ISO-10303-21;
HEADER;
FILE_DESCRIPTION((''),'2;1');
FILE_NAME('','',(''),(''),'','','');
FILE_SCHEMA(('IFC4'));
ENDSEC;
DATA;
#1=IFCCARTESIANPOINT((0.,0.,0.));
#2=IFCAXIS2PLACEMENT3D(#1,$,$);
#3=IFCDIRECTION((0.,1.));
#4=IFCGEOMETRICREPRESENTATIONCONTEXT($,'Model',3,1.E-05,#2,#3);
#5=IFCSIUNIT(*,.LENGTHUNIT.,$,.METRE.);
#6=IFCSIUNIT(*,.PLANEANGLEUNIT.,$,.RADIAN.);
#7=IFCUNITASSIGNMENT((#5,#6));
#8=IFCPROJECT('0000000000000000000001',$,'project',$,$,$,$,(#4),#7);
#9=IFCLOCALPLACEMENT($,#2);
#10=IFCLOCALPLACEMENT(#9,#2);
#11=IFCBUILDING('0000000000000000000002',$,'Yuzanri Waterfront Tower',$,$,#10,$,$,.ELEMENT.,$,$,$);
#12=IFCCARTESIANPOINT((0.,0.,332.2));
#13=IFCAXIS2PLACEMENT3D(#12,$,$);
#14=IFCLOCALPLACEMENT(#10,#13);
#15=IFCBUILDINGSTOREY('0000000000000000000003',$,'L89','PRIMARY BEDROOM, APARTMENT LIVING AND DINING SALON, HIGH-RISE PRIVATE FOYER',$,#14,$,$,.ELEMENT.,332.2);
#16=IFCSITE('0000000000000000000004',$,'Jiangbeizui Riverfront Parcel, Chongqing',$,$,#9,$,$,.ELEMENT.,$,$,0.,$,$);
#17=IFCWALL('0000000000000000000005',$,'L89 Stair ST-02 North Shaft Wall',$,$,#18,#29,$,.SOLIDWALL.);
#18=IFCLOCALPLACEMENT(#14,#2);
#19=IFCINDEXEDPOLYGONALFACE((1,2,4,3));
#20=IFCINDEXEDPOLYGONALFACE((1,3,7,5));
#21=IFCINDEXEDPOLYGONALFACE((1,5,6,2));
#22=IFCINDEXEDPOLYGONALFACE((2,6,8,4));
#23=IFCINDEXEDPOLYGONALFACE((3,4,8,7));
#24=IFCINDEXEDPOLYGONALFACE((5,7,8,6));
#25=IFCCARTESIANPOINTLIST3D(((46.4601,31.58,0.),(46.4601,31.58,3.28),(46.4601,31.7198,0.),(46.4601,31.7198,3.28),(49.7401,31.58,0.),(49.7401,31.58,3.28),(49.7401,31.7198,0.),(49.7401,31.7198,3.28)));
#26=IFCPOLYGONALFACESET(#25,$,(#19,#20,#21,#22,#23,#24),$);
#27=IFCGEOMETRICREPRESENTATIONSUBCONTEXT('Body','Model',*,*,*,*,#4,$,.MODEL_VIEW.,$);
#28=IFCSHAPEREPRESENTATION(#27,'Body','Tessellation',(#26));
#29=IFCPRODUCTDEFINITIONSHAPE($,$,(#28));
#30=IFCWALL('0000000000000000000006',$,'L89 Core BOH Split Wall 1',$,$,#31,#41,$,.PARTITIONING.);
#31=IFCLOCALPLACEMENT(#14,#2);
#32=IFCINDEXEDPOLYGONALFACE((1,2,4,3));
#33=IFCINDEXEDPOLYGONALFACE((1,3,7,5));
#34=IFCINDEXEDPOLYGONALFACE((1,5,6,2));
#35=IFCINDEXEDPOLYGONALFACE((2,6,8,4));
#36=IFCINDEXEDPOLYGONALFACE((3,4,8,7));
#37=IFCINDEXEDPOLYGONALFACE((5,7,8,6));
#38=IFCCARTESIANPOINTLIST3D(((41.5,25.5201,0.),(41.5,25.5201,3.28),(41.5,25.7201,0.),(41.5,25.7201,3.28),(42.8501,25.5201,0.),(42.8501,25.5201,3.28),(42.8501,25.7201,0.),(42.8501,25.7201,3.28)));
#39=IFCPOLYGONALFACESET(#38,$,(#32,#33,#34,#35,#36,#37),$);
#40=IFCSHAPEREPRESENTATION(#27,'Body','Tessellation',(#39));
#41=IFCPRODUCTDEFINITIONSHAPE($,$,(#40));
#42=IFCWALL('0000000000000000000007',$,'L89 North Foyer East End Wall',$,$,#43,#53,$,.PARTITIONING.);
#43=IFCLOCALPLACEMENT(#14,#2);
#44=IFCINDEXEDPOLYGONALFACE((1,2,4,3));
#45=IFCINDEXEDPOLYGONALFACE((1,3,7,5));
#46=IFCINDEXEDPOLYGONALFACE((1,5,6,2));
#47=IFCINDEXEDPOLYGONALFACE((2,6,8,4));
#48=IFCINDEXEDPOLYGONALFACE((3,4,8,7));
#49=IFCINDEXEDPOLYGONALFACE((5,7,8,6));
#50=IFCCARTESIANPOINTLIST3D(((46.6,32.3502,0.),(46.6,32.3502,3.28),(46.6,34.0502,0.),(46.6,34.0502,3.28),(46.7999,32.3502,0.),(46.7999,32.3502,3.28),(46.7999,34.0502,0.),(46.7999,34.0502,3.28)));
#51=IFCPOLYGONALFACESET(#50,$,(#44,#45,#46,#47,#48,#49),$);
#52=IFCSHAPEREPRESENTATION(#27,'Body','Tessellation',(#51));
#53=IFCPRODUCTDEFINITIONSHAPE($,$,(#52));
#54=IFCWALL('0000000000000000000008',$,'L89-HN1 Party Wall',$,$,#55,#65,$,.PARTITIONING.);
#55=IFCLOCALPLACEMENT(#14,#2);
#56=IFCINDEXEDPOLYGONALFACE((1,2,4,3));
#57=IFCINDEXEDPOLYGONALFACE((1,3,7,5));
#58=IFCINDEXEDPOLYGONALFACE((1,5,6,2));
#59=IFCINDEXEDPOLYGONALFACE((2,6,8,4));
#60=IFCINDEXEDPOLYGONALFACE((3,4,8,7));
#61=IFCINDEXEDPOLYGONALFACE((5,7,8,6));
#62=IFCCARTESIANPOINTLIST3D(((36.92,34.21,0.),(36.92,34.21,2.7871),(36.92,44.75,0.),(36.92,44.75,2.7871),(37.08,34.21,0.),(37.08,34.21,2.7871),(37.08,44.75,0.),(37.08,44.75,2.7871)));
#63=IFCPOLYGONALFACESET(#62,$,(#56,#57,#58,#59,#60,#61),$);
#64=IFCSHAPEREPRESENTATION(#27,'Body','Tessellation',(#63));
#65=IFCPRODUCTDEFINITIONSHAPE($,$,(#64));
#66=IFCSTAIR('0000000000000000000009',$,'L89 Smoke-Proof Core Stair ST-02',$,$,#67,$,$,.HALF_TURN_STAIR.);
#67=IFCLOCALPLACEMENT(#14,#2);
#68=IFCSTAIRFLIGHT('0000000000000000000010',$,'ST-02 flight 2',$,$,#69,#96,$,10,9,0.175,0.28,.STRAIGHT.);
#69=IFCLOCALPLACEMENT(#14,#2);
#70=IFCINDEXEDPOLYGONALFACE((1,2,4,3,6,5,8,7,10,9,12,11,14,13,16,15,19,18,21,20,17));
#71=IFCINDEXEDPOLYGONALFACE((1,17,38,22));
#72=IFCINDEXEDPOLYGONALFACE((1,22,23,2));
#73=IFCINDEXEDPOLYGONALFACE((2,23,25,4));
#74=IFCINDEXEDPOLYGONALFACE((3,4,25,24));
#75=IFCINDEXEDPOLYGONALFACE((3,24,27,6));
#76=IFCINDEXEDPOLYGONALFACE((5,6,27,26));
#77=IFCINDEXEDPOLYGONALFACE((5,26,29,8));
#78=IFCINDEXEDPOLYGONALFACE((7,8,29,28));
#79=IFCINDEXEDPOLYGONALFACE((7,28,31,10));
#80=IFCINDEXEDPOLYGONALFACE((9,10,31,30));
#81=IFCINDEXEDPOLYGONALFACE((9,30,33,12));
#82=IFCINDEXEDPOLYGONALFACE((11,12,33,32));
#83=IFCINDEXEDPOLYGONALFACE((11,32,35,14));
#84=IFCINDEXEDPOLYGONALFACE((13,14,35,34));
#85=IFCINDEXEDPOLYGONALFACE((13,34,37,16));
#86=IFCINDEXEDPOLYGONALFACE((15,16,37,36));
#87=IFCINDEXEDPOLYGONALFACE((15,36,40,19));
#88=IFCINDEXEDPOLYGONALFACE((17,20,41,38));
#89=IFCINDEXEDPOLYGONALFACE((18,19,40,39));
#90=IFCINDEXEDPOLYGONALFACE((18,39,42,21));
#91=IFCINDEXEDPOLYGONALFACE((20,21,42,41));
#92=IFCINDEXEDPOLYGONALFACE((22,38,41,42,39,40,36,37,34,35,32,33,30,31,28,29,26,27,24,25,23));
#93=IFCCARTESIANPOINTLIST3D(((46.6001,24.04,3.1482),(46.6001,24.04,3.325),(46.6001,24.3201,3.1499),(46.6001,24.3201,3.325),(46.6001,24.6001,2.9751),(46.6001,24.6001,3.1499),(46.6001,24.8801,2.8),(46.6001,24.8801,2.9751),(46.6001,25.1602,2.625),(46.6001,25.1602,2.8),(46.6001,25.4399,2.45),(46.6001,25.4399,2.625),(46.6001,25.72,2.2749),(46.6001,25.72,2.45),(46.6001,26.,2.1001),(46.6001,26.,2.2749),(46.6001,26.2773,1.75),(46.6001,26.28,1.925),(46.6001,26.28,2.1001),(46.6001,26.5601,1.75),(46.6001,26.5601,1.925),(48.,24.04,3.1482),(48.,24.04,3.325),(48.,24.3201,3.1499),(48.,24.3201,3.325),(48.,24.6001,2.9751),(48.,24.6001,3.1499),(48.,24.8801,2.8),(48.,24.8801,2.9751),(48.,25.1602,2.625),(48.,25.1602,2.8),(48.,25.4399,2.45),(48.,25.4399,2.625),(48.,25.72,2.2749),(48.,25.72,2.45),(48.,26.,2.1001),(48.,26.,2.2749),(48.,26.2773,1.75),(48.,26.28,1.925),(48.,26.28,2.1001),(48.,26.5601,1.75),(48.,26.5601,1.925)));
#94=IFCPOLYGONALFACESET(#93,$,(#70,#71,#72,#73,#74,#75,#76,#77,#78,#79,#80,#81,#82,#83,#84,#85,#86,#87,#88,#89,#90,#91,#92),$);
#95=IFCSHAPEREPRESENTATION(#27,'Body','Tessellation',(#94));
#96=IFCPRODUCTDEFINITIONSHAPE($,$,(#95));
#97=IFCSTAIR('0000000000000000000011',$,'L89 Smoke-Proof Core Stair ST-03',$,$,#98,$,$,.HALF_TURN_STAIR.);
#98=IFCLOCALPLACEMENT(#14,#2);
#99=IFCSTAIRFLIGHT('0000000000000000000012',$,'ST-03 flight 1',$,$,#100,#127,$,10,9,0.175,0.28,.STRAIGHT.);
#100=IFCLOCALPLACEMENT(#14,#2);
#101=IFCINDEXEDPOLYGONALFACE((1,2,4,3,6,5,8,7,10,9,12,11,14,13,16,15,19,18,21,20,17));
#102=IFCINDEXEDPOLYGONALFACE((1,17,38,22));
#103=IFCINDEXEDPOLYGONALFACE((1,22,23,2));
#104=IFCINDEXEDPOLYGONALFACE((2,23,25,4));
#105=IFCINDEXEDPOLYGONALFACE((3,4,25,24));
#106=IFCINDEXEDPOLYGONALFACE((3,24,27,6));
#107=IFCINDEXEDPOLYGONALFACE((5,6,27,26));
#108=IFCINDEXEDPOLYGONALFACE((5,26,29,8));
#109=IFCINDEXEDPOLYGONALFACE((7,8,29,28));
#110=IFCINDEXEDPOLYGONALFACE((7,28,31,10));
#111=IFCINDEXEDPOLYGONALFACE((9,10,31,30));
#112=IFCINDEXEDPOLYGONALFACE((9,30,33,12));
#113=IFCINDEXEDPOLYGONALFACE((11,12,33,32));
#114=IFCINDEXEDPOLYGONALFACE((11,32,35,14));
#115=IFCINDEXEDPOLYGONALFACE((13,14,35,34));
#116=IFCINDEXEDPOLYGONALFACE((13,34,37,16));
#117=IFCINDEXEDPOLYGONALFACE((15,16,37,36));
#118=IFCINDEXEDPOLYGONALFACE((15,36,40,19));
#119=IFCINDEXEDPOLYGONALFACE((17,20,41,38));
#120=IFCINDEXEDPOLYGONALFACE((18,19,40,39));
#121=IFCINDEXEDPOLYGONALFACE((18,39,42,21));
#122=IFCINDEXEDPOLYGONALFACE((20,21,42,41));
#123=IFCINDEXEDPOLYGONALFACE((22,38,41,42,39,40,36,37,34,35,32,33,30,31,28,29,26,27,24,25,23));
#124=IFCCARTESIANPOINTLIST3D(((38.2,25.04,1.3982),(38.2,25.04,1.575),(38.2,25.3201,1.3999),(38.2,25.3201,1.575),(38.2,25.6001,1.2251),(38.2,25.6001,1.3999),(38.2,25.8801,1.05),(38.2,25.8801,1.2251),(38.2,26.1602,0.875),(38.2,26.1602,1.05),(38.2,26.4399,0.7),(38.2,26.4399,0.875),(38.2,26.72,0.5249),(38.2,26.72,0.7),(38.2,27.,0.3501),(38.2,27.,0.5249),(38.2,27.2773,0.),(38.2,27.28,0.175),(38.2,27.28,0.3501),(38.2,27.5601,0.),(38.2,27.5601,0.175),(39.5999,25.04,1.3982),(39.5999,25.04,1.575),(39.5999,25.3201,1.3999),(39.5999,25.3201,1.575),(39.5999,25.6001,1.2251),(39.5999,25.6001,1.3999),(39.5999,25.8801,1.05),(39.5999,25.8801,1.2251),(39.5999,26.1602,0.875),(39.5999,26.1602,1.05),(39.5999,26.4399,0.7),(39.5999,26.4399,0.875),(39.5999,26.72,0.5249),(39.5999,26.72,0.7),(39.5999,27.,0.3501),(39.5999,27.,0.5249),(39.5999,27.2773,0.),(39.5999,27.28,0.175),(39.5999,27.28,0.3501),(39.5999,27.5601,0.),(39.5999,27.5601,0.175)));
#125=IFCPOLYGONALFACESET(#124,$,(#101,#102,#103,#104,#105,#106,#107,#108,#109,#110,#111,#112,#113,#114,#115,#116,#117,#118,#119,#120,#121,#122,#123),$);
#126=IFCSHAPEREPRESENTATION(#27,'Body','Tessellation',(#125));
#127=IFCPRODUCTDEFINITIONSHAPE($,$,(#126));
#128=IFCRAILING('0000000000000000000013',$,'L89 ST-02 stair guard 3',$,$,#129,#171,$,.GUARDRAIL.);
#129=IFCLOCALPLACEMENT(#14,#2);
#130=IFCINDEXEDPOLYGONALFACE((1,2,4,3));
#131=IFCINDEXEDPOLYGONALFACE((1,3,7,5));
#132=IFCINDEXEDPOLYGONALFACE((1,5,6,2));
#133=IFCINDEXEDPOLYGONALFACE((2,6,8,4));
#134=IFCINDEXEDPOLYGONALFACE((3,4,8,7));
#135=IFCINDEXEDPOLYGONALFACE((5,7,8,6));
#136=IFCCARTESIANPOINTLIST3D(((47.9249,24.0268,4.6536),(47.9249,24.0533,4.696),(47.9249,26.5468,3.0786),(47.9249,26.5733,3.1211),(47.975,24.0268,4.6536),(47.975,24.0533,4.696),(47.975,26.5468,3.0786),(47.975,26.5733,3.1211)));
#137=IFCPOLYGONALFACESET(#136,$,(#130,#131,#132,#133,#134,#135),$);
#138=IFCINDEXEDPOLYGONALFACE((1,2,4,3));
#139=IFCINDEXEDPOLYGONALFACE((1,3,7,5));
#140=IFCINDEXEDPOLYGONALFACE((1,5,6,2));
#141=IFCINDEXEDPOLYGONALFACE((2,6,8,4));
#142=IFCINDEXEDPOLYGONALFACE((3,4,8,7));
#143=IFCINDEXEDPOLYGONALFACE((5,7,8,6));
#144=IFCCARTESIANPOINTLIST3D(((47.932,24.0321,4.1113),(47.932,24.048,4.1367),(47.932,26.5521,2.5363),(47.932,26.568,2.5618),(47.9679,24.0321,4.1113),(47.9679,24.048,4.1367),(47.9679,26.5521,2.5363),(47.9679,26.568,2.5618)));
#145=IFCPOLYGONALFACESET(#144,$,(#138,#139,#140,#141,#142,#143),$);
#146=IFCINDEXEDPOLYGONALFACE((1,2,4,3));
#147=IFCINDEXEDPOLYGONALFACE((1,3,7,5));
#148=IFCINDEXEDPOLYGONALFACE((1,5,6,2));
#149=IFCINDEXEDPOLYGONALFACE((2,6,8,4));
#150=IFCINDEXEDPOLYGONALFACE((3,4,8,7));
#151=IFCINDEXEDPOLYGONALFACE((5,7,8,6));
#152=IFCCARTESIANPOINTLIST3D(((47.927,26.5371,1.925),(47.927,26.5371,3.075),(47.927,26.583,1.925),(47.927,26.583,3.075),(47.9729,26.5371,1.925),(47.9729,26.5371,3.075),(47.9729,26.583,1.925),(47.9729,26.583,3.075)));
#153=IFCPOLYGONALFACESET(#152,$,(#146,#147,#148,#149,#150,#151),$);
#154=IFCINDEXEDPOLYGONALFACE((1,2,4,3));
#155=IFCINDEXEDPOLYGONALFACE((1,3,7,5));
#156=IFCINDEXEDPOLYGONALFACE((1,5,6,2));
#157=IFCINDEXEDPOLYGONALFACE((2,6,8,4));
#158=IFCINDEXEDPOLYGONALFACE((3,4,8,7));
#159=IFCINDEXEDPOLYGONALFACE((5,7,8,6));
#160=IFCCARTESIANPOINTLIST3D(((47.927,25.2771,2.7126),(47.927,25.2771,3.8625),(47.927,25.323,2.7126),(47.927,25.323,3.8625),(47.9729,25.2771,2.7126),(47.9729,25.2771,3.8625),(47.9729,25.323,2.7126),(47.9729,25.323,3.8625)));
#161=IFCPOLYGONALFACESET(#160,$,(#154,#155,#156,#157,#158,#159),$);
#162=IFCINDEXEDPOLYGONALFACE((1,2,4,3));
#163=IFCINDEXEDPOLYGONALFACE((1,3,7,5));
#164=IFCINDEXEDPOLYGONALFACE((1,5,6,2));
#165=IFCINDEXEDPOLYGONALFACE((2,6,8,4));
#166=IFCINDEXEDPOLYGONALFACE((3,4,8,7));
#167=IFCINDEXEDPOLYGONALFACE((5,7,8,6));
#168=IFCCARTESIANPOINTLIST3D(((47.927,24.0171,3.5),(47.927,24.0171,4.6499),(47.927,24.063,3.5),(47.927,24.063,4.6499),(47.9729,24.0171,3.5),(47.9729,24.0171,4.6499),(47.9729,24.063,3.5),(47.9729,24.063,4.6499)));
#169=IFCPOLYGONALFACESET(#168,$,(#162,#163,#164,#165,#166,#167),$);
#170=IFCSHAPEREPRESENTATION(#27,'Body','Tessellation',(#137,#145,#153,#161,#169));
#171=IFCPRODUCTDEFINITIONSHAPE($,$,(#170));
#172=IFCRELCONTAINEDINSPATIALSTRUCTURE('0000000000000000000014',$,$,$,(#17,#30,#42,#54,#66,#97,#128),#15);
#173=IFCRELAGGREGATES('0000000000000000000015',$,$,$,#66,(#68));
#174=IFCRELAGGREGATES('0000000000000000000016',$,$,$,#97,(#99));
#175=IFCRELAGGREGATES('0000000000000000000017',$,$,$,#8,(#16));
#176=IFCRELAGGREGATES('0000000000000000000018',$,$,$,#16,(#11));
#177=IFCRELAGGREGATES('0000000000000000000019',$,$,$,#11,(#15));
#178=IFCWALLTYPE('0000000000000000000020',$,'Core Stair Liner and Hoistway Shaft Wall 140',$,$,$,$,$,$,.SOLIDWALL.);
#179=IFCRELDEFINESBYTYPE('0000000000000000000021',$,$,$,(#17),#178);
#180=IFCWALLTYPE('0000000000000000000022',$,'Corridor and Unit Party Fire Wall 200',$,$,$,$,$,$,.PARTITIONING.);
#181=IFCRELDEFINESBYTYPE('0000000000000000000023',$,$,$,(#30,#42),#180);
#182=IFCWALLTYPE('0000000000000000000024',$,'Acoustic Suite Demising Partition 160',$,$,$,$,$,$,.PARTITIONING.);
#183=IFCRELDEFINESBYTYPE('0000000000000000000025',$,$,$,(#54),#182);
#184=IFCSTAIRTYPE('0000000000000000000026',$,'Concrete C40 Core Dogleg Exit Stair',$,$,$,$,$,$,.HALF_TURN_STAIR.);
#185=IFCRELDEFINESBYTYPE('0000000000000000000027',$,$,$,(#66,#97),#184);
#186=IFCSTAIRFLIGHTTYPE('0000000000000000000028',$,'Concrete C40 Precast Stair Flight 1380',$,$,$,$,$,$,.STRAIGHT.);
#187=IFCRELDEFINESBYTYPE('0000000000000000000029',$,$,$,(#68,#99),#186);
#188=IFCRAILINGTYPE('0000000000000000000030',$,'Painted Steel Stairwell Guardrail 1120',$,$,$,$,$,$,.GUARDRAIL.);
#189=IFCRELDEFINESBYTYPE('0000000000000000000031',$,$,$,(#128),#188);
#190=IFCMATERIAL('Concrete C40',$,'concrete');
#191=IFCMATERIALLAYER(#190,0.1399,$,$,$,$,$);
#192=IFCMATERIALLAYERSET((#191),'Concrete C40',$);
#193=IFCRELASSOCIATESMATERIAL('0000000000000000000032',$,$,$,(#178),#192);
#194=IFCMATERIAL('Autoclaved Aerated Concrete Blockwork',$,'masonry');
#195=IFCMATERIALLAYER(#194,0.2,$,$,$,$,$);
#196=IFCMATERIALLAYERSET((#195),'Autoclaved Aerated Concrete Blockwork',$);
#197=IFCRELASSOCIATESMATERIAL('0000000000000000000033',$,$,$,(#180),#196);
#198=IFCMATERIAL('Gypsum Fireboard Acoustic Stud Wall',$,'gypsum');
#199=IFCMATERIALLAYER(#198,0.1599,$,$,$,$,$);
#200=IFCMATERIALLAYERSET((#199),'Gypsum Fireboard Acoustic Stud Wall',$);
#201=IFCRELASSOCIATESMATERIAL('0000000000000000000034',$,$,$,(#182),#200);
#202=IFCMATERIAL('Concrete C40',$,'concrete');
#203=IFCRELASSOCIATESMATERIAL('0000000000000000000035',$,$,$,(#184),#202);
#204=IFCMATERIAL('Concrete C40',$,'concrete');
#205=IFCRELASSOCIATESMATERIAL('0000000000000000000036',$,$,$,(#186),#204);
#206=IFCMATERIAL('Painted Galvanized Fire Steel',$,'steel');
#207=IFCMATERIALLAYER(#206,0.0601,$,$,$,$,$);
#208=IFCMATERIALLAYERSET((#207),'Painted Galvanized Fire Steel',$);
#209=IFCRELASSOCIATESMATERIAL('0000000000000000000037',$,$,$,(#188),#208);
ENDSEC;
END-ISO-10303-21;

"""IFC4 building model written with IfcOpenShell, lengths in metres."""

from ifc_helpers import new_model, si_unit, direction, frame, frame_2d, origin, origin_2d, place, context, subcontext, project, spatial, polyline, rectangle, outline, extrude, source, transform, mapped, material, layer, layer_set, type_object, element, aggregate, save


model = new_model("IFC4")

# Units and contexts
model_context = context("Model", 3, precision=1e-05, world=origin(), true_north=direction((0.0, 1.0)))
body_context = subcontext(model_context, "Body", "Model", "MODEL_VIEW")
ifc_project = project(units=[si_unit("LENGTHUNIT", "METRE"), si_unit("PLANEANGLEUNIT", "RADIAN")], contexts=[model_context])

# Site, building, storey
site_placement = place(None, origin())
site = spatial("IfcSite", under=ifc_project, at=site_placement, Name="Jiangbeizui Riverfront Parcel, Chongqing", CompositionType="ELEMENT", RefElevation=0.0)
building_placement = place(site_placement, origin())
building = spatial("IfcBuilding", under=site, at=building_placement, Name="Yuzanri Waterfront Tower", CompositionType="ELEMENT")
storey_placement = place(building_placement, frame((0.0, 0.0, 332.2)))
storey = spatial("IfcBuildingStorey", under=building, at=storey_placement, Name="L89", Description="PRIMARY BEDROOM, APARTMENT LIVING AND DINING SALON, HIGH-RISE PRIVATE FOYER", CompositionType="ELEMENT", Elevation=332.2)

# Shared definitions
ifc_material_1 = material(Name="Concrete C40", Category="concrete")
ifc_layer_1 = layer(ifc_material_1, 0.1399)
ifc_layer_set_1 = layer_set([ifc_layer_1], Name="Concrete C40")
wall_type_1 = type_object("IfcWallType", Name="Core Stair Liner and Hoistway Shaft Wall 140", PredefinedType="SOLIDWALL", material=ifc_layer_set_1)
ifc_material_2 = material(Name="Autoclaved Aerated Concrete Blockwork", Category="masonry")
ifc_layer_2 = layer(ifc_material_2, 0.2)
ifc_layer_set_2 = layer_set([ifc_layer_2], Name="Autoclaved Aerated Concrete Blockwork")
wall_type_2 = type_object("IfcWallType", Name="Corridor and Unit Party Fire Wall 200", PredefinedType="PARTITIONING", material=ifc_layer_set_2)

# Walls
shared_shape_1 = source(origin(), body_context, "Body", "SweptSolid", [
    extrude(rectangle(XDim=3.28, YDim=0.1399, at=frame_2d((1.6401, 0.0))), origin(), (0.0, 0.0, 1.0), 3.28),
])
wall_1_placement = place(storey_placement, frame((46.46, 31.6499, 0.0), z_axis=(0.0, 0.0, 1.0), x_axis=(1.0, 0.0, 0.0)))
element("IfcWall", 1, at=wall_1_placement, inside=storey, type_object=wall_type_1, Name="L89 Stair ST-02 North Shaft Wall", PredefinedType="SOLIDWALL", context=body_context, shape_type="MappedRepresentation", body=[
    mapped(shared_shape_1, transform((0.0, 0.0, 0.0), scale=1.0)),
])
shared_shape_2 = source(origin(), body_context, "Body", "SweptSolid", [
    extrude(rectangle(XDim=1.3501, YDim=0.2, at=frame_2d((0.675, 0.0))), origin(), (0.0, 0.0, 1.0), 3.28),
])
wall_2_placement = place(storey_placement, frame((41.5, 25.6201, 0.0), z_axis=(0.0, 0.0, 1.0), x_axis=(1.0, 0.0, 0.0)))
element("IfcWall", 2, at=wall_2_placement, inside=storey, type_object=wall_type_2, Name="L89 Core BOH Split Wall 1", PredefinedType="PARTITIONING", context=body_context, shape_type="MappedRepresentation", body=[
    mapped(shared_shape_2, transform((0.0, 0.0, 0.0), scale=1.0)),
])
shared_shape_3 = source(origin(), body_context, "Body", "SweptSolid", [
    extrude(rectangle(XDim=1.7, YDim=0.2, at=frame_2d((0.8501, 0.0))), origin(), (0.0, 0.0, 1.0), 3.28),
])
wall_3_placement = place(storey_placement, frame((46.7, 32.3501, 0.0), z_axis=(0.0, 0.0, 1.0), x_axis=(0.0, 1.0, 0.0)))
element("IfcWall", 3, at=wall_3_placement, inside=storey, type_object=wall_type_2, Name="L89 North Foyer East End Wall", PredefinedType="PARTITIONING", context=body_context, shape_type="MappedRepresentation", body=[
    mapped(shared_shape_3, transform((0.0, 0.0, 0.0), scale=1.0)),
])
ifc_material_3 = material(Name="Gypsum Fireboard Acoustic Stud Wall", Category="gypsum")
ifc_layer_3 = layer(ifc_material_3, 0.1599)
ifc_layer_set_3 = layer_set([ifc_layer_3], Name="Gypsum Fireboard Acoustic Stud Wall")
wall_type_3 = type_object("IfcWallType", Name="Acoustic Suite Demising Partition 160", PredefinedType="PARTITIONING", material=ifc_layer_set_3)
shared_shape_4 = source(origin(), body_context, "Body", "SweptSolid", [
    extrude(rectangle(XDim=10.54, YDim=0.1599, at=frame_2d((5.27, 0.0))), origin(), (0.0, 0.0, 1.0), 2.7871),
])
wall_4_placement = place(storey_placement, frame((37.0, 34.21, 0.0), z_axis=(0.0, 0.0, 1.0), x_axis=(0.0, 1.0, 0.0)))
element("IfcWall", 4, at=wall_4_placement, inside=storey, type_object=wall_type_3, Name="L89-HN1 Party Wall", PredefinedType="PARTITIONING", context=body_context, shape_type="MappedRepresentation", body=[
    mapped(shared_shape_4, transform((0.0, 0.0, 0.0), scale=1.0)),
])

# Stairs, stair flights
ifc_material_4 = material(Name="Concrete C40", Category="concrete")
stair_type = type_object("IfcStairType", Name="Concrete C40 Core Dogleg Exit Stair", PredefinedType="HALF_TURN_STAIR", material=ifc_material_4)
stair_1_placement = place(storey_placement, origin())
stair_1 = element("IfcStair", 5, at=stair_1_placement, inside=storey, type_object=stair_type, Name="L89 Smoke-Proof Core Stair ST-02", PredefinedType="HALF_TURN_STAIR")
ifc_material_5 = material(Name="Concrete C40", Category="concrete")
stair_flight_type = type_object("IfcStairFlightType", Name="Concrete C40 Precast Stair Flight 1380", PredefinedType="STRAIGHT", material=ifc_material_5)
shared_shape_5 = source(origin(), body_context, "Body", "SweptSolid", [
    extrude(outline(polyline([(0.0, 0.0), (0.0, 0.175), (0.28, 0.175), (0.28, 0.3501), (0.5601, 0.3501), (0.5601, 0.5249), (0.8401, 0.5249), (0.8401, 0.7), (1.1201, 0.7), (1.1201, 0.875), (1.3999, 0.875), (1.3999, 1.05), (1.6799, 1.05), (1.6799, 1.2251), (1.96, 1.2251), (1.96, 1.3999), (2.24, 1.3999), (2.24, 1.575), (2.52, 1.575), (2.52, 1.75), (2.52, 1.3982), (0.2827, 0.0), (0.0, 0.0)])), frame((0.0, 0.7, 0.0), z_axis=(0.0, -1.0, 0.0), x_axis=(1.0, 0.0, 0.0)), (0.0, 0.0, 1.0), 1.3999),
])
stair_flight_1_placement = place(storey_placement, frame((47.3, 26.5601, 1.75), z_axis=(0.0, 0.0, 1.0), x_axis=(0.0, -1.0, 0.0)))
stair_flight_1 = element("IfcStairFlight", 6, at=stair_flight_1_placement, type_object=stair_flight_type, Name="ST-02 flight 2", NumberOfRisers=10, NumberOfTreads=9, PredefinedType="STRAIGHT", RiserHeight=0.175, TreadLength=0.28, context=body_context, shape_type="MappedRepresentation", body=[
    mapped(shared_shape_5, transform((0.0, 0.0, 0.0), scale=1.0)),
])
aggregate(stair_1, [stair_flight_1])
stair_2_placement = place(storey_placement, origin())
stair_2 = element("IfcStair", 7, at=stair_2_placement, inside=storey, type_object=stair_type, Name="L89 Smoke-Proof Core Stair ST-03", PredefinedType="HALF_TURN_STAIR")
stair_flight_2_placement = place(storey_placement, frame((38.8999, 27.5601, 0.0), z_axis=(0.0, 0.0, 1.0), x_axis=(0.0, -1.0, 0.0)))
stair_flight_2 = element("IfcStairFlight", 8, at=stair_flight_2_placement, type_object=stair_flight_type, Name="ST-03 flight 1", NumberOfRisers=10, NumberOfTreads=9, PredefinedType="STRAIGHT", RiserHeight=0.175, TreadLength=0.28, context=body_context, shape_type="MappedRepresentation", body=[
    mapped(shared_shape_5, transform((0.0, 0.0, 0.0), scale=1.0)),
])
aggregate(stair_2, [stair_flight_2])

# Railing
ifc_material_6 = material(Name="Painted Galvanized Fire Steel", Category="steel")
ifc_layer_4 = layer(ifc_material_6, 0.0601)
ifc_layer_set_4 = layer_set([ifc_layer_4], Name="Painted Galvanized Fire Steel")
railing_type_1 = type_object("IfcRailingType", Name="Painted Steel Stairwell Guardrail 1120", PredefinedType="GUARDRAIL", material=ifc_layer_set_4)
shared_shape_6 = source(origin(), body_context, "Body", "SweptSolid", [
    extrude(rectangle(XDim=0.05, YDim=0.05, at=origin_2d()), frame((0.0, 0.0, 1.1748), z_axis=(0.0, -0.848008, 0.529984), x_axis=(1.0, 0.0, 0.0)), (0.0, 0.0, 1.0), 2.9717),
    extrude(rectangle(XDim=0.0359, YDim=0.03, at=origin_2d()), frame((0.0, 0.0, 0.624), z_axis=(0.0, -0.848008, 0.529984), x_axis=(1.0, 0.0, 0.0)), (0.0, 0.0, 1.0), 2.9717),
    extrude(rectangle(XDim=0.0459, YDim=0.0459, at=origin_2d()), origin(), (0.0, 0.0, 1.0), 1.1499),
    extrude(rectangle(XDim=0.0459, YDim=0.0459, at=origin_2d()), frame((0.0, -1.26, 0.7876)), (0.0, 0.0, 1.0), 1.1499),
    extrude(rectangle(XDim=0.0459, YDim=0.0459, at=origin_2d()), frame((0.0, -2.52, 1.575)), (0.0, 0.0, 1.0), 1.1499),
])
for number, where, name in (
    (9, (47.95, 26.5601, 1.925), "L89 ST-02 stair guard 3"),
):
    element("IfcRailing", number, at=place(storey_placement, frame(where)), inside=storey, type_object=railing_type_1, Name=name, PredefinedType="GUARDRAIL", context=body_context, shape_type="MappedRepresentation", body=[
        mapped(shared_shape_6, transform((0.0, 0.0, 0.0), scale=1.0)),
    ])

save(model, "model.ifc")
